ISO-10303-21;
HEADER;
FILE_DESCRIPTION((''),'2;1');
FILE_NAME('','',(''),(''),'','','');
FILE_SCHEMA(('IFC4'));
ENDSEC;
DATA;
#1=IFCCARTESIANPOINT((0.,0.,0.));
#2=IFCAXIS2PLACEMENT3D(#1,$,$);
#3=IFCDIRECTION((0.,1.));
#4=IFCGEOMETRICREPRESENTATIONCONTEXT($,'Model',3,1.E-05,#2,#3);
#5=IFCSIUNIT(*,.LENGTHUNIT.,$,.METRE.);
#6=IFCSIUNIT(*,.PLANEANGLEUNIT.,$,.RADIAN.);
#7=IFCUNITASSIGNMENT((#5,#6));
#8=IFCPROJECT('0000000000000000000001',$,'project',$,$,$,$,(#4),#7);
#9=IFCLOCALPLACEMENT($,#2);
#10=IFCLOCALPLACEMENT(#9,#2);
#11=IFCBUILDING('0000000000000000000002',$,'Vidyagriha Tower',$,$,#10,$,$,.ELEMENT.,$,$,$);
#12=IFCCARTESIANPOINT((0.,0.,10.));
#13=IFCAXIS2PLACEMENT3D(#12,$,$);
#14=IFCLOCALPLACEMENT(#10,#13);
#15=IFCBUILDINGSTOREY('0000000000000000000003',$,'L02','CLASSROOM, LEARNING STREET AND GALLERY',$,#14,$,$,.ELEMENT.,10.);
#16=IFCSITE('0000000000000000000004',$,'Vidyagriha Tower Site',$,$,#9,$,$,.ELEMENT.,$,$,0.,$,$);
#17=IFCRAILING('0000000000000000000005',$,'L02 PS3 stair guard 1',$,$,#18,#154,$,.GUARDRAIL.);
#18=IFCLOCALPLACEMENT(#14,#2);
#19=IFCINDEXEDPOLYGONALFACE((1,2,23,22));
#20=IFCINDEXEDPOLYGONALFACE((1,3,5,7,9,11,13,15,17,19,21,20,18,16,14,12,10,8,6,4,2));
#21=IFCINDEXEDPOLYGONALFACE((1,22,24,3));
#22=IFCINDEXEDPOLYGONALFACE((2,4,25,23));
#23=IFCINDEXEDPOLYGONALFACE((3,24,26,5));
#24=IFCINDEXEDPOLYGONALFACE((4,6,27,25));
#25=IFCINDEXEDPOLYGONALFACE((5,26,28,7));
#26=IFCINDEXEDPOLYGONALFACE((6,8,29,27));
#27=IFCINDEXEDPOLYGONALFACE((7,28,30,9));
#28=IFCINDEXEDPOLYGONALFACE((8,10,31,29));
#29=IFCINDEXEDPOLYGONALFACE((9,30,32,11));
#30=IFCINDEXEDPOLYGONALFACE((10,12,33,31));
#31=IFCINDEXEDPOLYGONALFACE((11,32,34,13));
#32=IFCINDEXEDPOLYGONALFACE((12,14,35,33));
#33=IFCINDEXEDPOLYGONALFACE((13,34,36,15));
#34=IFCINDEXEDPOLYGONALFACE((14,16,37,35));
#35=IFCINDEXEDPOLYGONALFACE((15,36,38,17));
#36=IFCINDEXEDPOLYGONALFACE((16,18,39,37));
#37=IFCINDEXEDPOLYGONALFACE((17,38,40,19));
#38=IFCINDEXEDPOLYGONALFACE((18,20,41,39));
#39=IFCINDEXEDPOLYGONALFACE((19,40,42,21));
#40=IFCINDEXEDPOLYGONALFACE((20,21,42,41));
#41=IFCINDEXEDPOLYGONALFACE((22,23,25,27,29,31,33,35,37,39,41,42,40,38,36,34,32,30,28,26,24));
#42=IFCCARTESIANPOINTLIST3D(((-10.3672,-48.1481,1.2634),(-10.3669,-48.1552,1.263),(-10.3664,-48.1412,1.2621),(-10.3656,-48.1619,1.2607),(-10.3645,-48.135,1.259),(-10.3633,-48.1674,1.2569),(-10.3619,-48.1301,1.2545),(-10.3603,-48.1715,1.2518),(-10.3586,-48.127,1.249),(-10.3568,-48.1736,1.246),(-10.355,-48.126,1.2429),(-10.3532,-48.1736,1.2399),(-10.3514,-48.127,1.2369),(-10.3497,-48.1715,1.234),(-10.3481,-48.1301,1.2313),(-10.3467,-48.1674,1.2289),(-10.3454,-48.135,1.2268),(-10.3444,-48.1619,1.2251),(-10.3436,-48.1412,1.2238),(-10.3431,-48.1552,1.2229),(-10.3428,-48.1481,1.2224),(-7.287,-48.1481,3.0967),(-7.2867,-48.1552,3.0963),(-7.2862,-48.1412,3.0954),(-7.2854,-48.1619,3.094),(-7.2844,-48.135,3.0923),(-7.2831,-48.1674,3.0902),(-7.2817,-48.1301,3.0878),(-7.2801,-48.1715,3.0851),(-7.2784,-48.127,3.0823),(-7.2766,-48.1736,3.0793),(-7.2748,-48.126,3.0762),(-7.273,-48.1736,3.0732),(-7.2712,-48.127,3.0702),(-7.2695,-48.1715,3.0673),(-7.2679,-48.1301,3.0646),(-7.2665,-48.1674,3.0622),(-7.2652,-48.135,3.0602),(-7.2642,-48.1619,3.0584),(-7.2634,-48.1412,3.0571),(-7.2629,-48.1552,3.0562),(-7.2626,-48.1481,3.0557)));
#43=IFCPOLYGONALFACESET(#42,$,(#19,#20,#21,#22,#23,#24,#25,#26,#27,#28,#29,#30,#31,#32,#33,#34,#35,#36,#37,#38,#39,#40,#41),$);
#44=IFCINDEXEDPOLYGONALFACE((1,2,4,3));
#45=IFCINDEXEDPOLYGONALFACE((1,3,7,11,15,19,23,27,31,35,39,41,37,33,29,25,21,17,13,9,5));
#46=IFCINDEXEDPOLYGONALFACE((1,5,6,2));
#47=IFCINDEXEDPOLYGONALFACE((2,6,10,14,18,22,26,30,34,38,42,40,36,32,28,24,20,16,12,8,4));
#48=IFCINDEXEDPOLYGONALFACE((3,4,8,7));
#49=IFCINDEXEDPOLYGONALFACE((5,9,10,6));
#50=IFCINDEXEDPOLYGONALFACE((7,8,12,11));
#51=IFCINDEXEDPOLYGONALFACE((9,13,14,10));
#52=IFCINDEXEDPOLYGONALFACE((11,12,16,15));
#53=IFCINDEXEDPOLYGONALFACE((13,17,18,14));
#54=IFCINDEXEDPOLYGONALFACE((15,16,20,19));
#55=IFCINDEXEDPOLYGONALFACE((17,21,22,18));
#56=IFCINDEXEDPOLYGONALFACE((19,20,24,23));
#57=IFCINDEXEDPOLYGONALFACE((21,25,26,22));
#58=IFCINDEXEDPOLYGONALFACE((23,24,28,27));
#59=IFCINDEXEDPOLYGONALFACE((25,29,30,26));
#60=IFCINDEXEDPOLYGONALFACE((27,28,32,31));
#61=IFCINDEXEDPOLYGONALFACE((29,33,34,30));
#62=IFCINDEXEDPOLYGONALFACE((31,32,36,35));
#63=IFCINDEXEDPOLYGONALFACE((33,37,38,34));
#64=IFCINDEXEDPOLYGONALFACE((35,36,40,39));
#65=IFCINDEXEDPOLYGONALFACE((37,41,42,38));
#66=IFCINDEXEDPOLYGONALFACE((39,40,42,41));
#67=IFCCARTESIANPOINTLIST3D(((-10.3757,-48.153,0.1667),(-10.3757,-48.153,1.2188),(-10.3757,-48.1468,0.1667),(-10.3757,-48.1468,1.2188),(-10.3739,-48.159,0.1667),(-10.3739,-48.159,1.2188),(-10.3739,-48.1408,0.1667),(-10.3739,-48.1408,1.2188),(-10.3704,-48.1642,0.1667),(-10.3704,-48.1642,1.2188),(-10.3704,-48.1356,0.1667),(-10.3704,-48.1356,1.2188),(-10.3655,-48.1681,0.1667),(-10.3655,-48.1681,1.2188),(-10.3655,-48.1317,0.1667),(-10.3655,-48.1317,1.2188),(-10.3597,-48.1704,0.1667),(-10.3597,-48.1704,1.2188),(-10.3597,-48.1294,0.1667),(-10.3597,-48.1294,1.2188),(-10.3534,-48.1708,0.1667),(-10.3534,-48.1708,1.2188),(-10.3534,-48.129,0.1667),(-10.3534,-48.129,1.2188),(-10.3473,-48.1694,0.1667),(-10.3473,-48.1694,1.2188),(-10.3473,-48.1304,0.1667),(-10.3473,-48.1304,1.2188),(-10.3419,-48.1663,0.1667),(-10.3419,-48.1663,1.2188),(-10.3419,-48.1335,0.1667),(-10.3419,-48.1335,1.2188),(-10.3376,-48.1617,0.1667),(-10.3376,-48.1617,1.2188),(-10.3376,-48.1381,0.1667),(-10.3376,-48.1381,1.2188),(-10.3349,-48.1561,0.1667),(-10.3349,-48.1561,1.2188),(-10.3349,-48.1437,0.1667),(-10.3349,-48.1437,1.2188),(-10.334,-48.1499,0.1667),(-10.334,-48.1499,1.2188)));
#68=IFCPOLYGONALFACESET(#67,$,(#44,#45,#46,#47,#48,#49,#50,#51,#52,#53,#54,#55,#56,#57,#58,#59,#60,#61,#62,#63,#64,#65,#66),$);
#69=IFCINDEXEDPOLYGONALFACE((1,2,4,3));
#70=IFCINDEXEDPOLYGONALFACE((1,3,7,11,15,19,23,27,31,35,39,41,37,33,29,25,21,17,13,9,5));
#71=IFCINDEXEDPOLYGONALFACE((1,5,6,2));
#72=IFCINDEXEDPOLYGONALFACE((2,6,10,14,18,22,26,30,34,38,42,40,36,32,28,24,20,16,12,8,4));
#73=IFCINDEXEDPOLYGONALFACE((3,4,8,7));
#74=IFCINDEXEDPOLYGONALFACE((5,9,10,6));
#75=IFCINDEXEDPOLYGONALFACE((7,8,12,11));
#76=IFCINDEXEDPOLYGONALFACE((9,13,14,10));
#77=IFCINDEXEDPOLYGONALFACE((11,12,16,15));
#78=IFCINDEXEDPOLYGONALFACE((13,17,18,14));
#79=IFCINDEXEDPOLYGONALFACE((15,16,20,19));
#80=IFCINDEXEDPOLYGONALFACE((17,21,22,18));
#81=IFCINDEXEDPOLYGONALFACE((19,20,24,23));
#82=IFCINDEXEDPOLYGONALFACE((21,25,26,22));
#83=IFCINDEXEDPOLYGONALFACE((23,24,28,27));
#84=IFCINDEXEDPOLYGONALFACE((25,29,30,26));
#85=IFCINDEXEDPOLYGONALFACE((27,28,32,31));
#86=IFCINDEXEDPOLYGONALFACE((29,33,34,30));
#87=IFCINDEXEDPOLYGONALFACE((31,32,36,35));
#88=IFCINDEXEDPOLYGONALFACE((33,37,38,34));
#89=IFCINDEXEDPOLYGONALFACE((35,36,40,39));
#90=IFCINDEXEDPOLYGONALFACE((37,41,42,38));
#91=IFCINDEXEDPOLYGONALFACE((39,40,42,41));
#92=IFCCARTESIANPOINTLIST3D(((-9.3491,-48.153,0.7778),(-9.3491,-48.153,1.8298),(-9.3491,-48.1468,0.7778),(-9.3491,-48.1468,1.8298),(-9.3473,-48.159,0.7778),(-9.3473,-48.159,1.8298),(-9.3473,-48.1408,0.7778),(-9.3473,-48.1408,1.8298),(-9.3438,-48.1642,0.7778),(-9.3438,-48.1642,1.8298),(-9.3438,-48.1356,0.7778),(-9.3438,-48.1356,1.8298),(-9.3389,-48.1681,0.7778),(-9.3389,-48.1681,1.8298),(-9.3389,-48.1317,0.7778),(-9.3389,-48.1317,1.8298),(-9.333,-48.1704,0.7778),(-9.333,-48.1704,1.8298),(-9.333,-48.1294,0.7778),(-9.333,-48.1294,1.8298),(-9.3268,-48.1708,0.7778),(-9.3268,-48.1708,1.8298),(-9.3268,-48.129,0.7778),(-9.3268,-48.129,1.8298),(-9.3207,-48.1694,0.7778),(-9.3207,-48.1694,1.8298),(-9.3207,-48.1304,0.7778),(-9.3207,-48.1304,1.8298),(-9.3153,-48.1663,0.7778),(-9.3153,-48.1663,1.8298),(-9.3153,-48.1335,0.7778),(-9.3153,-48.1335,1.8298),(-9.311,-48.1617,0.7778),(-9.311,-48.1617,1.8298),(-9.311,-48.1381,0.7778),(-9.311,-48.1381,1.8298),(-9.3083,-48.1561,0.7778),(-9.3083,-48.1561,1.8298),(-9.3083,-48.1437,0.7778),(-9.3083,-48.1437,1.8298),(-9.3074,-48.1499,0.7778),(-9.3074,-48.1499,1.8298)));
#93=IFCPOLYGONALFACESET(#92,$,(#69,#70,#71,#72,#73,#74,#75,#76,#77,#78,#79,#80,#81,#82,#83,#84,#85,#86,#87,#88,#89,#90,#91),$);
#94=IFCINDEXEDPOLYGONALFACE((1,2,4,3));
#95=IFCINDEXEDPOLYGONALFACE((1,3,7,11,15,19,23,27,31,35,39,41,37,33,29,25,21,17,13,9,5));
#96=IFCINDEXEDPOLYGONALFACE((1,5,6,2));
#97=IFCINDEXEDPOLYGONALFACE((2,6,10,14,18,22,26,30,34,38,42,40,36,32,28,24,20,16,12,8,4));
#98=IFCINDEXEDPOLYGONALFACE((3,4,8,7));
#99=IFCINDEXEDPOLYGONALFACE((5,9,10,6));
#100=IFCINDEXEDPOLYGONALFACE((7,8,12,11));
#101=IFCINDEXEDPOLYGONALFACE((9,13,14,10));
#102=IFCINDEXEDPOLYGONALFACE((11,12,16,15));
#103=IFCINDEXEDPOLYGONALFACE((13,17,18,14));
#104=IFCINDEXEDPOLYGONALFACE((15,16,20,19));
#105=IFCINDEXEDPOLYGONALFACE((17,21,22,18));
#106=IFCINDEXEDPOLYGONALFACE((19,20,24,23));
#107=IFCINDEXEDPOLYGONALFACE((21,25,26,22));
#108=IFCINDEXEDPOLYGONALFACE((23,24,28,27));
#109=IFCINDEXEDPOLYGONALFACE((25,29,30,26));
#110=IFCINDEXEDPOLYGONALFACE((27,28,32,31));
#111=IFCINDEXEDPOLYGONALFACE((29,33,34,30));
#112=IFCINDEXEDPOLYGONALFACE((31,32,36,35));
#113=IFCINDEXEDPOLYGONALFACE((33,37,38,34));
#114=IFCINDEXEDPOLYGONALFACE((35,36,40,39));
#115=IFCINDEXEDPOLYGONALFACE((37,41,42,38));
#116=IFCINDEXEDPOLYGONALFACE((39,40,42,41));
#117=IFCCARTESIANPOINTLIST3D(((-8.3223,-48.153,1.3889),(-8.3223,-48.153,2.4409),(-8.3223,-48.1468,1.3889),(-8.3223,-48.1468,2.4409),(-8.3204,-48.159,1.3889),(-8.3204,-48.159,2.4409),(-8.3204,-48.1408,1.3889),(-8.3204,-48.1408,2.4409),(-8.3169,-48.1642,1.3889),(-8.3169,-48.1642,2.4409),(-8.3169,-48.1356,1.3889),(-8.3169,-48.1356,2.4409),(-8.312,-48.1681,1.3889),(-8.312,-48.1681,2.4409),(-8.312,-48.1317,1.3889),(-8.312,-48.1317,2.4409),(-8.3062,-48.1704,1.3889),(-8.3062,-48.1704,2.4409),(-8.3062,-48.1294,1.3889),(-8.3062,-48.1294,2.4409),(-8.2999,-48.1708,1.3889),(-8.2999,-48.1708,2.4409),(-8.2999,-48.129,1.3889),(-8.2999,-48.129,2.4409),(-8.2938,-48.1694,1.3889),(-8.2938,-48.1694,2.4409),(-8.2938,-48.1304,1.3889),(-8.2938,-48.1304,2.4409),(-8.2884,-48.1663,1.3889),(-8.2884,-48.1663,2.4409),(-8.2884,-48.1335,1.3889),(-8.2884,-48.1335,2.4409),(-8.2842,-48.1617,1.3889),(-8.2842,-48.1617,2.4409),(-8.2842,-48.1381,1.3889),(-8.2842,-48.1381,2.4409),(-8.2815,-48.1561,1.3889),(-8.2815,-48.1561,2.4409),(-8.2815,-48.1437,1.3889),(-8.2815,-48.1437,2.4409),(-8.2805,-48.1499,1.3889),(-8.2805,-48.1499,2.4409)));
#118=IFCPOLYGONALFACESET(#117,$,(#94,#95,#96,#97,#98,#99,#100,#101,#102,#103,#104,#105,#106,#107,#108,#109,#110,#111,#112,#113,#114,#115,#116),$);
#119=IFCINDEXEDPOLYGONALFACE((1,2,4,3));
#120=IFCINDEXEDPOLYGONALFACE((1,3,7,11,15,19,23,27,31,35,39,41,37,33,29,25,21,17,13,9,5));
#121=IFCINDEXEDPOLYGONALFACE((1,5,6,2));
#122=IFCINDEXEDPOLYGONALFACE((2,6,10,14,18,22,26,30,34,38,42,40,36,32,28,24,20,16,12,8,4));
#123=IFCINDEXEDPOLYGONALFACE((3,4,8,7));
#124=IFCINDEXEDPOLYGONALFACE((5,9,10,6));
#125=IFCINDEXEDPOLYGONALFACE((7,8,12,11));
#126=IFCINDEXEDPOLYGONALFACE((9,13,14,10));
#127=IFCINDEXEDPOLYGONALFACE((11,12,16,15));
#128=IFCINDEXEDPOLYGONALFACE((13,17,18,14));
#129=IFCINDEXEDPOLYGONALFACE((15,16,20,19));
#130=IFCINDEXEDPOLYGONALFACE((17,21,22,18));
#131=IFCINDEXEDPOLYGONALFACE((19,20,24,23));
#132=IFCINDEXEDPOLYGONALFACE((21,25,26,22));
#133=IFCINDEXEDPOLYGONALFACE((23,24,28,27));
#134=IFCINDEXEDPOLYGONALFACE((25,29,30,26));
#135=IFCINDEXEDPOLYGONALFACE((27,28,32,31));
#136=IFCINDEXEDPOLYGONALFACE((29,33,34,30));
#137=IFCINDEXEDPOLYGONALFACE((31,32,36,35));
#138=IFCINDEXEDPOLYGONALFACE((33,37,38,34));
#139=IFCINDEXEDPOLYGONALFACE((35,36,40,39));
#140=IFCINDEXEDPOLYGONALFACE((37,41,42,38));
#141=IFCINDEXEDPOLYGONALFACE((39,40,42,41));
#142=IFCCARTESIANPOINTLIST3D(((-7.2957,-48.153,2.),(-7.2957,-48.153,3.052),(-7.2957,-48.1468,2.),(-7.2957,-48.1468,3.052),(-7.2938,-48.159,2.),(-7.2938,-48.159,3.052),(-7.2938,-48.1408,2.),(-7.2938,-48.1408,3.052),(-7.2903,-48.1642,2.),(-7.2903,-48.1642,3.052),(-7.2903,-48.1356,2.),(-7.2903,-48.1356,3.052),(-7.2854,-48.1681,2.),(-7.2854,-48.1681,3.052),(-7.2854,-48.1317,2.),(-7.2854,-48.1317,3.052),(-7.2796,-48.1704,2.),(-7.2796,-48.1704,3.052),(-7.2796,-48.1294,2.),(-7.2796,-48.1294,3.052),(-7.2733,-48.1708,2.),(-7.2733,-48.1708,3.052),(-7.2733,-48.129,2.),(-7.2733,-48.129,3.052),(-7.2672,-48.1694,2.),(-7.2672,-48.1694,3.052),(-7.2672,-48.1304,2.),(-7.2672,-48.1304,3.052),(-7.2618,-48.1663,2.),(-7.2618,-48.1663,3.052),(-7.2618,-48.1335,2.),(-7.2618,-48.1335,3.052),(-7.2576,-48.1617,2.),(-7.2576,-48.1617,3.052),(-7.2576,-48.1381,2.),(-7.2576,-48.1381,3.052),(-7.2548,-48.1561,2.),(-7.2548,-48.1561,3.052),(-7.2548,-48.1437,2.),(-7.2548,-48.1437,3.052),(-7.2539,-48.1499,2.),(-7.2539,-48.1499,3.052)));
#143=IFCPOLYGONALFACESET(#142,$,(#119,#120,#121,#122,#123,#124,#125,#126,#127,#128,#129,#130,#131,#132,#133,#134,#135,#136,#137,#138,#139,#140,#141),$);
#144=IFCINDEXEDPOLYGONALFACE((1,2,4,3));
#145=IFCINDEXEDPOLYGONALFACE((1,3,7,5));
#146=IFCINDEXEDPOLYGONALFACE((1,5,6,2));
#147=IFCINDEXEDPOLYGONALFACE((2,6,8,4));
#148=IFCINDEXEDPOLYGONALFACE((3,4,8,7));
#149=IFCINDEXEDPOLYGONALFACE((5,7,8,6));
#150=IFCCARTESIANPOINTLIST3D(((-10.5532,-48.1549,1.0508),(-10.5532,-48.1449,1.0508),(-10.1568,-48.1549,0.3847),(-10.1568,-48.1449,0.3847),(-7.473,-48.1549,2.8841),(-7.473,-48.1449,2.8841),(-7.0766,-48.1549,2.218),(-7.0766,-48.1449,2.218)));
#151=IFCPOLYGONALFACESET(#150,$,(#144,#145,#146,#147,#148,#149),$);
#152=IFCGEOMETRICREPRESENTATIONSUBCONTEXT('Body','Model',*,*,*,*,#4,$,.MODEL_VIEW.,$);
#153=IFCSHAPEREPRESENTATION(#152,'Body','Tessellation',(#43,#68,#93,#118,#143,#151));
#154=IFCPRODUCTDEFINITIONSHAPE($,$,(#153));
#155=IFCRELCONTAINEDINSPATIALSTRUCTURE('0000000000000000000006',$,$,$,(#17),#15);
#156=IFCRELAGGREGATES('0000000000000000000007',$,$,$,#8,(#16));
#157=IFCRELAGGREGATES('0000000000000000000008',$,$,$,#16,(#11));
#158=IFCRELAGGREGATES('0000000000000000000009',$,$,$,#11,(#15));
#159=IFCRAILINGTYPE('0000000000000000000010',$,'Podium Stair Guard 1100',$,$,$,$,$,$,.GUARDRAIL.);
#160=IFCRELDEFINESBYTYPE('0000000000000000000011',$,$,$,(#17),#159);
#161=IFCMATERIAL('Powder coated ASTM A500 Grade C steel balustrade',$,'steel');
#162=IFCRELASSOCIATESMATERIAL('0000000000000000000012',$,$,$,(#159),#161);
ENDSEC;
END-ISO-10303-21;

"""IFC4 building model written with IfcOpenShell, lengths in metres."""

from ifc_helpers import new_model, si_unit, direction, frame, origin, origin_2d, place, context, subcontext, project, spatial, rectangle, circle, extrude, material, type_object, element, save


model = new_model("IFC4")

# Units and contexts
model_context = context("Model", 3, precision=1e-05, world=origin(), true_north=direction((0.0, 1.0)))
body_context = subcontext(model_context, "Body", "Model", "MODEL_VIEW")
ifc_project = project(units=[si_unit("LENGTHUNIT", "METRE"), si_unit("PLANEANGLEUNIT", "RADIAN")], contexts=[model_context])

# Site, building, storey
site_placement = place(None, origin())
site = spatial("IfcSite", under=ifc_project, at=site_placement, Name="Vidyagriha Tower Site", CompositionType="ELEMENT", RefElevation=0.0)
building_placement = place(site_placement, origin())
building = spatial("IfcBuilding", under=site, at=building_placement, Name="Vidyagriha Tower", CompositionType="ELEMENT")
storey_placement = place(building_placement, frame((0.0, 0.0, 10.0)))
storey = spatial("IfcBuildingStorey", under=building, at=storey_placement, Name="L02", Description="CLASSROOM, LEARNING STREET AND GALLERY", CompositionType="ELEMENT", Elevation=10.0)

# Railing
ifc_material_1 = material(Name="Powder coated ASTM A500 Grade C steel balustrade", Category="steel")
railing_type_1 = type_object("IfcRailingType", Name="Podium Stair Guard 1100", PredefinedType="GUARDRAIL", material=ifc_material_1)
railing_1_placement = place(storey_placement, frame((-10.355, -48.1499, 0.1667)))
element("IfcRailing", 1, at=railing_1_placement, inside=storey, type_object=railing_type_1, Name="L02 PS3 stair guard 1", PredefinedType="GUARDRAIL", context=body_context, shape_type="SweptSolid", body=[
    extrude(circle(Radius=0.0239, at=origin_2d()), frame((0.0, 0.0, 1.0762), z_axis=(0.859309, 0.0, 0.511458), x_axis=(0.0, 1.0, 0.0)), (0.0, 0.0, 1.0), 3.5845),
    extrude(circle(Radius=0.021, at=origin_2d()), origin(), (0.0, 0.0, 1.0), 1.052),
    extrude(circle(Radius=0.021, at=origin_2d()), frame((1.0266, 0.0, 0.6111)), (0.0, 0.0, 1.0), 1.052),
    extrude(circle(Radius=0.021, at=origin_2d()), frame((2.0535, 0.0, 1.2222)), (0.0, 0.0, 1.0), 1.052),
    extrude(circle(Radius=0.021, at=origin_2d()), frame((3.0801, 0.0, 1.8333)), (0.0, 0.0, 1.0), 1.052),
    extrude(rectangle(XDim=0.01, YDim=0.7751, at=origin_2d()), frame((0.0, 0.0, 0.551), z_axis=(0.859309, 0.0, 0.511458), x_axis=(0.0, 1.0, 0.0)), (0.0, 0.0, 1.0), 3.5845),
])

save(model, "model.ifc")
